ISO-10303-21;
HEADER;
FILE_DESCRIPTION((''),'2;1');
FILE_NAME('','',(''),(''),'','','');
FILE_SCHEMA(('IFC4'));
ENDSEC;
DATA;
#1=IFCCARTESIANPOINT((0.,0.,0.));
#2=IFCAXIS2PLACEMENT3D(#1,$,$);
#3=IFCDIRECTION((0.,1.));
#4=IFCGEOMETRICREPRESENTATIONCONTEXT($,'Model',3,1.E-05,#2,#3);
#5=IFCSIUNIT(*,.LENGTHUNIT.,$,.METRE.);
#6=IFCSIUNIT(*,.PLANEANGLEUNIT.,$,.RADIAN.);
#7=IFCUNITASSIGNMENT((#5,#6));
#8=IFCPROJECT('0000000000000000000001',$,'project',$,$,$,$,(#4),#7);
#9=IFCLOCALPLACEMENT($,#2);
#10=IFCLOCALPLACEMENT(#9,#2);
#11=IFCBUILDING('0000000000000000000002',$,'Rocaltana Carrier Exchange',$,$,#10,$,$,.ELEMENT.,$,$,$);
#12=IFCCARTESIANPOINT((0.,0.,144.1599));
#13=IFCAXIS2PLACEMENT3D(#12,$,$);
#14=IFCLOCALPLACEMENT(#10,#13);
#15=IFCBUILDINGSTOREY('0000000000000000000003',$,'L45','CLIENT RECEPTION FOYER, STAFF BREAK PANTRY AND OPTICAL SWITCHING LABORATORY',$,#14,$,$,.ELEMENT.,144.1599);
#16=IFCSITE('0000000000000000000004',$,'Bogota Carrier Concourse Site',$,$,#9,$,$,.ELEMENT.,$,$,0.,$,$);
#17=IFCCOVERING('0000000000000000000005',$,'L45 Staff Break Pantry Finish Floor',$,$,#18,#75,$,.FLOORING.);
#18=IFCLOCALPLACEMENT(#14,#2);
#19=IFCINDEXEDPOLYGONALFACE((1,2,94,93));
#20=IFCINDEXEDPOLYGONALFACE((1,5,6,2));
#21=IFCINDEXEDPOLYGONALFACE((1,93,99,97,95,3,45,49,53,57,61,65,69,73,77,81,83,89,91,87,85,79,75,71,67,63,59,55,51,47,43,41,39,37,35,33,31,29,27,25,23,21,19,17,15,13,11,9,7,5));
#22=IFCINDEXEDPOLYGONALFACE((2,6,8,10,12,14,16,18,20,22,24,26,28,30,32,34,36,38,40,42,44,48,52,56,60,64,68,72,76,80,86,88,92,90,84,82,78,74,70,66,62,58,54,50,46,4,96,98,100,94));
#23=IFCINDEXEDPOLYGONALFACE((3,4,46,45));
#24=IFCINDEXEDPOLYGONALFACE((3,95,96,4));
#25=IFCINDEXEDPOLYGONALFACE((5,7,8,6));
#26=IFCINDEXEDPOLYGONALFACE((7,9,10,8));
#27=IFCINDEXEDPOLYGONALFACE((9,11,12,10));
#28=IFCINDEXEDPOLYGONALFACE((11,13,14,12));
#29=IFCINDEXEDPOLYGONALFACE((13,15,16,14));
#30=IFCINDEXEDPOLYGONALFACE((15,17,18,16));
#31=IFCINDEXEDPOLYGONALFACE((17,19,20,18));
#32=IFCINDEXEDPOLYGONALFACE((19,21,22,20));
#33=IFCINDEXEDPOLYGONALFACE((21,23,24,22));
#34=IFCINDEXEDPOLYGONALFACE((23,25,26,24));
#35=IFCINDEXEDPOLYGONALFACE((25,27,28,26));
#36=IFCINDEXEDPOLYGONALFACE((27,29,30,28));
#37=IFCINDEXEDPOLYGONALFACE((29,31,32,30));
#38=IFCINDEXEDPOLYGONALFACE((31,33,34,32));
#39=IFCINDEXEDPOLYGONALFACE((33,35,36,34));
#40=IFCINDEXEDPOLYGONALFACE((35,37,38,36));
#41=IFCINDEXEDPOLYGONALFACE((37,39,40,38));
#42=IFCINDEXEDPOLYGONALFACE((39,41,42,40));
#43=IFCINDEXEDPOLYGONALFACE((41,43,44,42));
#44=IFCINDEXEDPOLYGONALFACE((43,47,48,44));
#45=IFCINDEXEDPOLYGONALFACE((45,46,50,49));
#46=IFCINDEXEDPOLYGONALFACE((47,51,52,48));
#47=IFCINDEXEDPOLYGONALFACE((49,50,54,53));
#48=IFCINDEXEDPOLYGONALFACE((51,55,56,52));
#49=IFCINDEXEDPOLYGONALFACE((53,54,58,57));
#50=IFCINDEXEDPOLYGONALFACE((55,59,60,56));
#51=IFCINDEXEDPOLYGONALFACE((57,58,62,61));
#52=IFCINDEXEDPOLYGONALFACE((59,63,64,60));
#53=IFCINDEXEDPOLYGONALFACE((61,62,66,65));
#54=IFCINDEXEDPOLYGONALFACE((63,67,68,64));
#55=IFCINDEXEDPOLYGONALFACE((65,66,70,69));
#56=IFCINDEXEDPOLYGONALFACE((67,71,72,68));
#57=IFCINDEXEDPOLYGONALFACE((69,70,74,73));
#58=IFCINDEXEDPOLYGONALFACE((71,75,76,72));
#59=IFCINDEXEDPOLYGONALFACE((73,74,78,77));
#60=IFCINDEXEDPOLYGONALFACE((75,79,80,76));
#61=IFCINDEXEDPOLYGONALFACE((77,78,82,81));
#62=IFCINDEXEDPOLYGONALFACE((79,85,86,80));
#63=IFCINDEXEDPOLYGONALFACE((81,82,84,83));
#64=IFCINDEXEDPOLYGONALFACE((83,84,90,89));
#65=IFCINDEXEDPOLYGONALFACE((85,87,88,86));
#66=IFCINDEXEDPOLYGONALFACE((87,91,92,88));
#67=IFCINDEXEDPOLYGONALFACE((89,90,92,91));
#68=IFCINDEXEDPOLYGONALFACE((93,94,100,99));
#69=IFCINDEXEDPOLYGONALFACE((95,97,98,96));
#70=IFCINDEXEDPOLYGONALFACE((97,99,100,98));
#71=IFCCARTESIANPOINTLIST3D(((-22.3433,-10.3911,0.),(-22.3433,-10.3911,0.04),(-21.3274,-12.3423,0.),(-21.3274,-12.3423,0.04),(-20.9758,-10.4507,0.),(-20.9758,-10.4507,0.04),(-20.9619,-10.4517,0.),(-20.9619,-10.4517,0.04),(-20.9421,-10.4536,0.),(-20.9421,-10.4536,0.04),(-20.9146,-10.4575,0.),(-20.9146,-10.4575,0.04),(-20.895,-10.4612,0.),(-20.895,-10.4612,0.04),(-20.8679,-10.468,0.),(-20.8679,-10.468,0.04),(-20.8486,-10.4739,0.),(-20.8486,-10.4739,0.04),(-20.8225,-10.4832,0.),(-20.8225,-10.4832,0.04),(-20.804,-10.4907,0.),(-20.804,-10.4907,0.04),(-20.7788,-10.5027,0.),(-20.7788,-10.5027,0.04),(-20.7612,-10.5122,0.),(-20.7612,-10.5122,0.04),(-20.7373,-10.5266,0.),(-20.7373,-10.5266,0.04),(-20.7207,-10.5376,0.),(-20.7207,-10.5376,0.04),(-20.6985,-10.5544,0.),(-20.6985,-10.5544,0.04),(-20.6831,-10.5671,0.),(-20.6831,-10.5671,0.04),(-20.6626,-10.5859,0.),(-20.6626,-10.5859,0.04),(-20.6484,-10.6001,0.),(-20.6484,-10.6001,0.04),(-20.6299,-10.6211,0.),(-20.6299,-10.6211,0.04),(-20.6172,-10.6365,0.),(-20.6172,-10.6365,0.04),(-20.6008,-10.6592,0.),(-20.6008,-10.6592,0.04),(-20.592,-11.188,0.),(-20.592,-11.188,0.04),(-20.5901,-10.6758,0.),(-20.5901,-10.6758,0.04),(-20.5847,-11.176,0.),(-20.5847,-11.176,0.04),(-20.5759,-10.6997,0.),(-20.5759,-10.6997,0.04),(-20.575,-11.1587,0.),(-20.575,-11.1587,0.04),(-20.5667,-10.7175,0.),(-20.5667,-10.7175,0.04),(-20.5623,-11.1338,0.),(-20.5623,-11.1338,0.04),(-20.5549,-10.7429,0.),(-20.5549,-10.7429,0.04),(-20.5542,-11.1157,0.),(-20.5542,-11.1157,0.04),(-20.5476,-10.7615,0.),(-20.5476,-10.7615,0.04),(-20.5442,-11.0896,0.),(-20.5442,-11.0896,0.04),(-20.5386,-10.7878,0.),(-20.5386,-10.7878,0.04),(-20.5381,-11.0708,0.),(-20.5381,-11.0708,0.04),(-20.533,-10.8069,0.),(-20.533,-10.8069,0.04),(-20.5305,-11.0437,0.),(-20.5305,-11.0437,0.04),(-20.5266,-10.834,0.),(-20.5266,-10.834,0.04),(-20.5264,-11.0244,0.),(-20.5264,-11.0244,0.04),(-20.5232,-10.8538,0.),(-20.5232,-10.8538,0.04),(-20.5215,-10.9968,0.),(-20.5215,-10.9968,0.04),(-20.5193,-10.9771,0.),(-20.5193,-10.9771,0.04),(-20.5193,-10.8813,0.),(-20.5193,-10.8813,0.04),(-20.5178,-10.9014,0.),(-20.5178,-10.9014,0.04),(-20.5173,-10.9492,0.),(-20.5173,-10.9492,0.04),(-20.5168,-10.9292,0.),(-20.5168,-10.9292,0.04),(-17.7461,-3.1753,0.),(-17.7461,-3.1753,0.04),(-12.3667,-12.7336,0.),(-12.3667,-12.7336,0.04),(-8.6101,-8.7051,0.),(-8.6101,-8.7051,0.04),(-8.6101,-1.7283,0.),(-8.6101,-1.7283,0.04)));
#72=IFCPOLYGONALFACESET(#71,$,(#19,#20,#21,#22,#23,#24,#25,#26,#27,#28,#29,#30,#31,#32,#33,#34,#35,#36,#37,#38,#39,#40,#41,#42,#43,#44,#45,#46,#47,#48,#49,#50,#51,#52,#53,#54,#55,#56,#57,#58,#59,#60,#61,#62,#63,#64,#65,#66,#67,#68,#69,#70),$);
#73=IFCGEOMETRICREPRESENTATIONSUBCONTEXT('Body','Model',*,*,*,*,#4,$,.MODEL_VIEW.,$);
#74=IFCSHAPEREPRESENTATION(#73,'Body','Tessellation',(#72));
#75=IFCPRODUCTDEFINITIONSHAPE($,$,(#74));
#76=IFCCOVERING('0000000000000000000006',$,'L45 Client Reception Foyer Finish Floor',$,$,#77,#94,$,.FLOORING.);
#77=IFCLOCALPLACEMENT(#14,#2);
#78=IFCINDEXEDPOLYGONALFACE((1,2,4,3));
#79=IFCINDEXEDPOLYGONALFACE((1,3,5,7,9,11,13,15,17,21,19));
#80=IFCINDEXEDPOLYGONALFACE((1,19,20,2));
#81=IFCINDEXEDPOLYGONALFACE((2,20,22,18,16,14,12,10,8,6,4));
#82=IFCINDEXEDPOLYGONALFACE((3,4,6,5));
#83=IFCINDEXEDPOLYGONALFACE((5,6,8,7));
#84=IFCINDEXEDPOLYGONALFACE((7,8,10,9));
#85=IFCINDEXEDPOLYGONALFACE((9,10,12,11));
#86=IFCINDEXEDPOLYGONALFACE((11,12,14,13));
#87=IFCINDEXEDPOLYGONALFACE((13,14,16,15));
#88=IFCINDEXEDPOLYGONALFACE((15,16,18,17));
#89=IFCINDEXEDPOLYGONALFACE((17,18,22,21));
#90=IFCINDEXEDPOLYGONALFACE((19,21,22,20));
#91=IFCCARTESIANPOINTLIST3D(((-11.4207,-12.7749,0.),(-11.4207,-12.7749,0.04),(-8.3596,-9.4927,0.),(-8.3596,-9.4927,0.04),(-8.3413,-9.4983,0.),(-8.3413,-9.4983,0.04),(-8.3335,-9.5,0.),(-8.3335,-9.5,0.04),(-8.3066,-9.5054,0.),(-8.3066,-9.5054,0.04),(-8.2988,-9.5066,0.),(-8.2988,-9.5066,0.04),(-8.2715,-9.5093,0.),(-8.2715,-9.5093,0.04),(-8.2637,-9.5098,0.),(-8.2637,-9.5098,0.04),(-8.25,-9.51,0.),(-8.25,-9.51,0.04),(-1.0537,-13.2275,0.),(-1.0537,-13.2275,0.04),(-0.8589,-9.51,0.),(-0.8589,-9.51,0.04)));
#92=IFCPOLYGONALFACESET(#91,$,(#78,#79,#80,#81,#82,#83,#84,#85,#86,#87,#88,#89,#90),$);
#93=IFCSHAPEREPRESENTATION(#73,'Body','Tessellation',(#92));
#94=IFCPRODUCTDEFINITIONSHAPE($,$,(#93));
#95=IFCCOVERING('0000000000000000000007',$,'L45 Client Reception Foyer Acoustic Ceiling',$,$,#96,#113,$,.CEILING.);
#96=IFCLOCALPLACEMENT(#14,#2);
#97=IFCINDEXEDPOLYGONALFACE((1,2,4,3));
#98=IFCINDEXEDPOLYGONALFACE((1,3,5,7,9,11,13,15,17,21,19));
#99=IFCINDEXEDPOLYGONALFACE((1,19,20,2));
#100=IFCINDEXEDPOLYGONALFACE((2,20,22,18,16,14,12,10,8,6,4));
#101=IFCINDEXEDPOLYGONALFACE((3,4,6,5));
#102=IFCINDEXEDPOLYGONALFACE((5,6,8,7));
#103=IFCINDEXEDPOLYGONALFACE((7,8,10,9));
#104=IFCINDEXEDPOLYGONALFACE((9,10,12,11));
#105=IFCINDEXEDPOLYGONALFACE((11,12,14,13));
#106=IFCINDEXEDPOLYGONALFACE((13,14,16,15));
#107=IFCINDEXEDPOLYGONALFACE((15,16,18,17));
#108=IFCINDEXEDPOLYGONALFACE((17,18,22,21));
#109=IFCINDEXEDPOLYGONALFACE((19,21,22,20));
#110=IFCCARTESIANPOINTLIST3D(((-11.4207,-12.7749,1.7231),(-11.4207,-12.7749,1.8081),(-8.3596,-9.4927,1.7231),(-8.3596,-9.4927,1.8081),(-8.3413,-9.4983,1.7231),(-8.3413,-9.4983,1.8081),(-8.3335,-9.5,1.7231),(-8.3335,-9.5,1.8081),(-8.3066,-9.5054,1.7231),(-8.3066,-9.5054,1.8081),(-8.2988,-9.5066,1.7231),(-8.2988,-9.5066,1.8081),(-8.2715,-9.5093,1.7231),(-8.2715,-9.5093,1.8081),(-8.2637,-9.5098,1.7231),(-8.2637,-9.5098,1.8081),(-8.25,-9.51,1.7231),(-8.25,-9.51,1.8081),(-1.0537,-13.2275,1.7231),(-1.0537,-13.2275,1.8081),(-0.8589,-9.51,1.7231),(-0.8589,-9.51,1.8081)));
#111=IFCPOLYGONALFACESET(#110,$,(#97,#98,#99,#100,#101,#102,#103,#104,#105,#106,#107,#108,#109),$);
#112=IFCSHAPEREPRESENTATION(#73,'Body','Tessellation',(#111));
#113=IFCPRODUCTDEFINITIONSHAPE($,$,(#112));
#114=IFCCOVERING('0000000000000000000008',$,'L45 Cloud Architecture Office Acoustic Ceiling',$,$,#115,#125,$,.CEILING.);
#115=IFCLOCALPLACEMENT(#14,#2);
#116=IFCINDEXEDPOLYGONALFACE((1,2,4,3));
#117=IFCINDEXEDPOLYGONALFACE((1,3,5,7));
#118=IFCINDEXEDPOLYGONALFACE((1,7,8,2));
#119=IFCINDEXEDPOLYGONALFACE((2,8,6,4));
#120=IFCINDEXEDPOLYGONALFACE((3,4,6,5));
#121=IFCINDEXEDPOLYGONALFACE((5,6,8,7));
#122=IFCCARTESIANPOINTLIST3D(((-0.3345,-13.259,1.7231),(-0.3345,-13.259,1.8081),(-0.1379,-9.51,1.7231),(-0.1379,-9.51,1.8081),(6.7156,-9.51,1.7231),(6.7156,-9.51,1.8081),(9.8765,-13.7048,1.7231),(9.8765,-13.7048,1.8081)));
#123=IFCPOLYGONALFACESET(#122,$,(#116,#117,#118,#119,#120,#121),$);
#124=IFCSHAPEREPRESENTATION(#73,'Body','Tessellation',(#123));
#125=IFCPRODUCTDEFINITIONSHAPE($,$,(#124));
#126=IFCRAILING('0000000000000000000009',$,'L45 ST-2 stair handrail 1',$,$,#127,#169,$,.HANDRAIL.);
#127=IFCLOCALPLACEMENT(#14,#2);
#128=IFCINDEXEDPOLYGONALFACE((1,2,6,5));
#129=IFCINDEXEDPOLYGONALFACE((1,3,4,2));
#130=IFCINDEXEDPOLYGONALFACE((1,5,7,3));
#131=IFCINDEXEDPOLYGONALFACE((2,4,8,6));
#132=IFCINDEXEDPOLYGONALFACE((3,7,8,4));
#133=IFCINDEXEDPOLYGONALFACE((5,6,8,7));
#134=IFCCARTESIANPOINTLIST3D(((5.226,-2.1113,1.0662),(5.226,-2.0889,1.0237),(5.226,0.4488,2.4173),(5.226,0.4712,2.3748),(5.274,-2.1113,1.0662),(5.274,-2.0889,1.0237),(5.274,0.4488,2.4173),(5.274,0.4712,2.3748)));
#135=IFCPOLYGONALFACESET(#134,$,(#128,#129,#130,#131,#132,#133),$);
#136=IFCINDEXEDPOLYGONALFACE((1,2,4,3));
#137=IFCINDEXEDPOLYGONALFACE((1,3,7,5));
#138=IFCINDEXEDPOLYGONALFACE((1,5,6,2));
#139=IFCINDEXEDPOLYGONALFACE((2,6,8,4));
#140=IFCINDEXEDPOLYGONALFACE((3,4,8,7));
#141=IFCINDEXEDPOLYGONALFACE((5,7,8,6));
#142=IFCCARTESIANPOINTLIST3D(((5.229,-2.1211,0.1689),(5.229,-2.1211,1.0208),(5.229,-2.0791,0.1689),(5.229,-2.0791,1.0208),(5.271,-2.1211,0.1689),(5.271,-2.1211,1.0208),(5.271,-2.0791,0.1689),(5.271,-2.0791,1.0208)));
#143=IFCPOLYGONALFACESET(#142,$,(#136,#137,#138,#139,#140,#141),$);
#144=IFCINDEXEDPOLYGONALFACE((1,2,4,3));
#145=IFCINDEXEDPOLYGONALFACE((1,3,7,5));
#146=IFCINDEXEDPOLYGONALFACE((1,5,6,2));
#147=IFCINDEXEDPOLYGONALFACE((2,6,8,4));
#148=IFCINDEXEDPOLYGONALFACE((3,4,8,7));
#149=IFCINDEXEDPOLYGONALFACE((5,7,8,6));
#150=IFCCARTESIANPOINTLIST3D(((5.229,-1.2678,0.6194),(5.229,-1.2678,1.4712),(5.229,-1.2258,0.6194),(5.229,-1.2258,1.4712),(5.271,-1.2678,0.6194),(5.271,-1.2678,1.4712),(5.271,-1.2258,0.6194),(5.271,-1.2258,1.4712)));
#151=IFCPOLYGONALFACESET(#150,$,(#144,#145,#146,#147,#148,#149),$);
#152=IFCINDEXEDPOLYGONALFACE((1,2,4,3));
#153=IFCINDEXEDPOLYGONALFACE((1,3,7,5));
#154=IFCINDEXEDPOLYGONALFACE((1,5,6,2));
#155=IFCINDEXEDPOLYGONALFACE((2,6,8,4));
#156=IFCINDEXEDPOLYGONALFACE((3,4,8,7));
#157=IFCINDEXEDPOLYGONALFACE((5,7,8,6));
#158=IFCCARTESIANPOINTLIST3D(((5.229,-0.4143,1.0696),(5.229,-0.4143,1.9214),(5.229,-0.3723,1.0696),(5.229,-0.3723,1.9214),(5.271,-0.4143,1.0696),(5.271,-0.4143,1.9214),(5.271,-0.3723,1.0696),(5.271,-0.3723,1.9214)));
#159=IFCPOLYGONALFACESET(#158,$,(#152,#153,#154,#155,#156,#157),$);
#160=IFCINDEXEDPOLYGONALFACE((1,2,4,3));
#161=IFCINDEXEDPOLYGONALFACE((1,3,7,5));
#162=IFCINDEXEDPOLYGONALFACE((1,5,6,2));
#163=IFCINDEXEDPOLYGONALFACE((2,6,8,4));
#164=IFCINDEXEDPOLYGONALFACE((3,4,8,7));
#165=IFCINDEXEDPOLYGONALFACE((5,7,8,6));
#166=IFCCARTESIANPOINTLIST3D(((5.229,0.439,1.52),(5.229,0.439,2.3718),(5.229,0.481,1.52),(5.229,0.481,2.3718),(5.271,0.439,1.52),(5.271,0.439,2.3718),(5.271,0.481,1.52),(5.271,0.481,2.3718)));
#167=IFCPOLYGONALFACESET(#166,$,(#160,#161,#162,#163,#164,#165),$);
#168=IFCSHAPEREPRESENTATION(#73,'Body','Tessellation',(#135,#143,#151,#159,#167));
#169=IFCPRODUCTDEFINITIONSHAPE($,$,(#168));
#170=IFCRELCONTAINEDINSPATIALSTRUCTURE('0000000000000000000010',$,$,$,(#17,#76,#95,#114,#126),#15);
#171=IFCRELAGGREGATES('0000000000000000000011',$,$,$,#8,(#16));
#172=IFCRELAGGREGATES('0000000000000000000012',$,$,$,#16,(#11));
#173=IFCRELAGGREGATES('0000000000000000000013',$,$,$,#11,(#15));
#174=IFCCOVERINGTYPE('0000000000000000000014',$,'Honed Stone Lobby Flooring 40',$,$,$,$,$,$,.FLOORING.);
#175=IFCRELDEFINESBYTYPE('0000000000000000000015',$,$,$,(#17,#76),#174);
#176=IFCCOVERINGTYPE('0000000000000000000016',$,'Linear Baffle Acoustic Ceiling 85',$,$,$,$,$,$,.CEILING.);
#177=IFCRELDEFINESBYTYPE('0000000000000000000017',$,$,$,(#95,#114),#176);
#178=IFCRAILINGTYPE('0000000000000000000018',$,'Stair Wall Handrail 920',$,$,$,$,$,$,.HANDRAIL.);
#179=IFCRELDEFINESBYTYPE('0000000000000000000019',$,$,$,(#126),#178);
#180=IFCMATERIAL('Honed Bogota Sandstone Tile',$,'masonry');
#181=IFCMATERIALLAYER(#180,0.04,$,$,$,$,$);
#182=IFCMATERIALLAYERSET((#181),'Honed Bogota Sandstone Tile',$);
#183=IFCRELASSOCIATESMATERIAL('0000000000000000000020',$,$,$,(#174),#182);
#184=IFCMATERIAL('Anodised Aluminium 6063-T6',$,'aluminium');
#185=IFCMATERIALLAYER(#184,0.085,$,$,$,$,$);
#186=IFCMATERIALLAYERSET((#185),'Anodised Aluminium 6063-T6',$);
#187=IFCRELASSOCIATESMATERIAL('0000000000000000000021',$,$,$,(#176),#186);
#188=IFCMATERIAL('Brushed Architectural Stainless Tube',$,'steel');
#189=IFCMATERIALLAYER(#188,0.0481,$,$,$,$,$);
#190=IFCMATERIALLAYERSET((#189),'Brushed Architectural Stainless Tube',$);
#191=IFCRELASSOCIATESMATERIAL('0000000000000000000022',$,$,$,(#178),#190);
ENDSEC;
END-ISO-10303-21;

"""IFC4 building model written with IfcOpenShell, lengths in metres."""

from ifc_helpers import new_model, si_unit, direction, frame, origin, origin_2d, place, context, subcontext, project, spatial, polyline, rectangle, outline, extrude, material, layer, layer_set, type_object, element, save


model = new_model("IFC4")

# Units and contexts
model_context = context("Model", 3, precision=1e-05, world=origin(), true_north=direction((0.0, 1.0)))
body_context = subcontext(model_context, "Body", "Model", "MODEL_VIEW")
ifc_project = project(units=[si_unit("LENGTHUNIT", "METRE"), si_unit("PLANEANGLEUNIT", "RADIAN")], contexts=[model_context])

# Site, building, storey
site_placement = place(None, origin())
site = spatial("IfcSite", under=ifc_project, at=site_placement, Name="Bogota Carrier Concourse Site", CompositionType="ELEMENT", RefElevation=0.0)
building_placement = place(site_placement, origin())
building = spatial("IfcBuilding", under=site, at=building_placement, Name="Rocaltana Carrier Exchange", CompositionType="ELEMENT")
storey_placement = place(building_placement, frame((0.0, 0.0, 144.1599)))
storey = spatial("IfcBuildingStorey", under=building, at=storey_placement, Name="L45", Description="CLIENT RECEPTION FOYER, STAFF BREAK PANTRY AND OPTICAL SWITCHING LABORATORY", CompositionType="ELEMENT", Elevation=144.1599)

# Coverings
ifc_material_1 = material(Name="Honed Bogota Sandstone Tile", Category="masonry")
ifc_layer_1 = layer(ifc_material_1, 0.04)
ifc_layer_set_1 = layer_set([ifc_layer_1], Name="Honed Bogota Sandstone Tile")
covering_type_1 = type_object("IfcCoveringType", Name="Honed Stone Lobby Flooring 40", PredefinedType="FLOORING", material=ifc_layer_set_1)
covering_1_placement = place(storey_placement, origin())
element("IfcCovering", 1, at=covering_1_placement, inside=storey, type_object=covering_type_1, Name="L45 Staff Break Pantry Finish Floor", PredefinedType="FLOORING", context=body_context, shape_type="SweptSolid", body=[
    extrude(outline(polyline([(-20.592, -11.188), (-20.5847, -11.176), (-20.575, -11.1587), (-20.5623, -11.1338), (-20.5542, -11.1157), (-20.5442, -11.0896), (-20.5381, -11.0708), (-20.5305, -11.0437), (-20.5264, -11.0244), (-20.5215, -10.9968), (-20.5193, -10.9771), (-20.5173, -10.9492), (-20.5168, -10.9292), (-20.5178, -10.9014), (-20.5193, -10.8813), (-20.5232, -10.8538), (-20.5266, -10.834), (-20.533, -10.8069), (-20.5386, -10.7878), (-20.5476, -10.7615), (-20.5549, -10.7429), (-20.5667, -10.7175), (-20.5759, -10.6997), (-20.5901, -10.6758), (-20.6008, -10.6592), (-20.6172, -10.6365), (-20.6299, -10.6211), (-20.6484, -10.6001), (-20.6626, -10.5859), (-20.6831, -10.5671), (-20.6985, -10.5544), (-20.7207, -10.5376), (-20.7373, -10.5266), (-20.7612, -10.5122), (-20.7788, -10.5027), (-20.804, -10.4907), (-20.8225, -10.4832), (-20.8486, -10.4739), (-20.8679, -10.468), (-20.895, -10.4612), (-20.9146, -10.4575), (-20.9421, -10.4536), (-20.9619, -10.4517), (-20.9758, -10.4507), (-22.3433, -10.3911), (-17.7461, -3.1753), (-8.6101, -1.7283), (-8.6101, -8.7051), (-12.3667, -12.7336), (-21.3274, -12.3423), (-20.592, -11.188)])), origin(), (0.0, 0.0, 1.0), 0.04),
])
covering_2_placement = place(storey_placement, origin())
element("IfcCovering", 2, at=covering_2_placement, inside=storey, type_object=covering_type_1, Name="L45 Client Reception Foyer Finish Floor", PredefinedType="FLOORING", context=body_context, shape_type="SweptSolid", body=[
    extrude(outline(polyline([(-11.4207, -12.7749), (-8.3596, -9.4927), (-8.3413, -9.4983), (-8.3335, -9.5), (-8.3066, -9.5054), (-8.2988, -9.5066), (-8.2715, -9.5093), (-8.2637, -9.5098), (-8.25, -9.51), (-0.8589, -9.51), (-1.0537, -13.2275), (-11.4207, -12.7749)])), origin(), (0.0, 0.0, 1.0), 0.04),
])
ifc_material_2 = material(Name="Anodised Aluminium 6063-T6", Category="aluminium")
ifc_layer_2 = layer(ifc_material_2, 0.085)
ifc_layer_set_2 = layer_set([ifc_layer_2], Name="Anodised Aluminium 6063-T6")
covering_type_2 = type_object("IfcCoveringType", Name="Linear Baffle Acoustic Ceiling 85", PredefinedType="CEILING", material=ifc_layer_set_2)
covering_3_placement = place(storey_placement, frame((0.0, 0.0, 1.7231)))
element("IfcCovering", 3, at=covering_3_placement, inside=storey, type_object=covering_type_2, Name="L45 Client Reception Foyer Acoustic Ceiling", PredefinedType="CEILING", context=body_context, shape_type="SweptSolid", body=[
    extrude(outline(polyline([(-11.4207, -12.7749), (-8.3596, -9.4927), (-8.3413, -9.4983), (-8.3335, -9.5), (-8.3066, -9.5054), (-8.2988, -9.5066), (-8.2715, -9.5093), (-8.2637, -9.5098), (-8.25, -9.51), (-0.8589, -9.51), (-1.0537, -13.2275), (-11.4207, -12.7749)])), origin(), (0.0, 0.0, 1.0), 0.085),
])
covering_4_placement = place(storey_placement, frame((0.0, 0.0, 1.7231)))
element("IfcCovering", 4, at=covering_4_placement, inside=storey, type_object=covering_type_2, Name="L45 Cloud Architecture Office Acoustic Ceiling", PredefinedType="CEILING", context=body_context, shape_type="SweptSolid", body=[
    extrude(outline(polyline([(-0.3345, -13.259), (-0.1379, -9.51), (6.7156, -9.51), (9.8765, -13.7048), (-0.3345, -13.259)])), origin(), (0.0, 0.0, 1.0), 0.085),
])

# Railing
ifc_material_3 = material(Name="Brushed Architectural Stainless Tube", Category="steel")
ifc_layer_3 = layer(ifc_material_3, 0.0481)
ifc_layer_set_3 = layer_set([ifc_layer_3], Name="Brushed Architectural Stainless Tube")
railing_type_1 = type_object("IfcRailingType", Name="Stair Wall Handrail 920", PredefinedType="HANDRAIL", material=ifc_layer_set_3)
railing_1_placement = place(storey_placement, frame((5.25, -2.1001, 0.1689)))
element("IfcRailing", 5, at=railing_1_placement, inside=storey, type_object=railing_type_1, Name="L45 ST-2 stair handrail 1", PredefinedType="HANDRAIL", context=body_context, shape_type="SweptSolid", body=[
    extrude(rectangle(XDim=0.0481, YDim=0.0481, at=origin_2d()), frame((0.0, 0.0, 0.876), z_axis=(0.0, 0.884394, 0.46674), x_axis=(-1.0, 0.0, 0.0)), (0.0, 0.0, 1.0), 2.8948),
    extrude(rectangle(XDim=0.042, YDim=0.042, at=origin_2d()), origin(), (0.0, 0.0, 1.0), 0.8518),
    extrude(rectangle(XDim=0.042, YDim=0.042, at=origin_2d()), frame((0.0, 0.8533, 0.4504)), (0.0, 0.0, 1.0), 0.8518),
    extrude(rectangle(XDim=0.042, YDim=0.042, at=origin_2d()), frame((0.0, 1.7068, 0.9006)), (0.0, 0.0, 1.0), 0.8518),
    extrude(rectangle(XDim=0.042, YDim=0.042, at=origin_2d()), frame((0.0, 2.5601, 1.3511)), (0.0, 0.0, 1.0), 0.8518),
])

save(model, "model.ifc")
